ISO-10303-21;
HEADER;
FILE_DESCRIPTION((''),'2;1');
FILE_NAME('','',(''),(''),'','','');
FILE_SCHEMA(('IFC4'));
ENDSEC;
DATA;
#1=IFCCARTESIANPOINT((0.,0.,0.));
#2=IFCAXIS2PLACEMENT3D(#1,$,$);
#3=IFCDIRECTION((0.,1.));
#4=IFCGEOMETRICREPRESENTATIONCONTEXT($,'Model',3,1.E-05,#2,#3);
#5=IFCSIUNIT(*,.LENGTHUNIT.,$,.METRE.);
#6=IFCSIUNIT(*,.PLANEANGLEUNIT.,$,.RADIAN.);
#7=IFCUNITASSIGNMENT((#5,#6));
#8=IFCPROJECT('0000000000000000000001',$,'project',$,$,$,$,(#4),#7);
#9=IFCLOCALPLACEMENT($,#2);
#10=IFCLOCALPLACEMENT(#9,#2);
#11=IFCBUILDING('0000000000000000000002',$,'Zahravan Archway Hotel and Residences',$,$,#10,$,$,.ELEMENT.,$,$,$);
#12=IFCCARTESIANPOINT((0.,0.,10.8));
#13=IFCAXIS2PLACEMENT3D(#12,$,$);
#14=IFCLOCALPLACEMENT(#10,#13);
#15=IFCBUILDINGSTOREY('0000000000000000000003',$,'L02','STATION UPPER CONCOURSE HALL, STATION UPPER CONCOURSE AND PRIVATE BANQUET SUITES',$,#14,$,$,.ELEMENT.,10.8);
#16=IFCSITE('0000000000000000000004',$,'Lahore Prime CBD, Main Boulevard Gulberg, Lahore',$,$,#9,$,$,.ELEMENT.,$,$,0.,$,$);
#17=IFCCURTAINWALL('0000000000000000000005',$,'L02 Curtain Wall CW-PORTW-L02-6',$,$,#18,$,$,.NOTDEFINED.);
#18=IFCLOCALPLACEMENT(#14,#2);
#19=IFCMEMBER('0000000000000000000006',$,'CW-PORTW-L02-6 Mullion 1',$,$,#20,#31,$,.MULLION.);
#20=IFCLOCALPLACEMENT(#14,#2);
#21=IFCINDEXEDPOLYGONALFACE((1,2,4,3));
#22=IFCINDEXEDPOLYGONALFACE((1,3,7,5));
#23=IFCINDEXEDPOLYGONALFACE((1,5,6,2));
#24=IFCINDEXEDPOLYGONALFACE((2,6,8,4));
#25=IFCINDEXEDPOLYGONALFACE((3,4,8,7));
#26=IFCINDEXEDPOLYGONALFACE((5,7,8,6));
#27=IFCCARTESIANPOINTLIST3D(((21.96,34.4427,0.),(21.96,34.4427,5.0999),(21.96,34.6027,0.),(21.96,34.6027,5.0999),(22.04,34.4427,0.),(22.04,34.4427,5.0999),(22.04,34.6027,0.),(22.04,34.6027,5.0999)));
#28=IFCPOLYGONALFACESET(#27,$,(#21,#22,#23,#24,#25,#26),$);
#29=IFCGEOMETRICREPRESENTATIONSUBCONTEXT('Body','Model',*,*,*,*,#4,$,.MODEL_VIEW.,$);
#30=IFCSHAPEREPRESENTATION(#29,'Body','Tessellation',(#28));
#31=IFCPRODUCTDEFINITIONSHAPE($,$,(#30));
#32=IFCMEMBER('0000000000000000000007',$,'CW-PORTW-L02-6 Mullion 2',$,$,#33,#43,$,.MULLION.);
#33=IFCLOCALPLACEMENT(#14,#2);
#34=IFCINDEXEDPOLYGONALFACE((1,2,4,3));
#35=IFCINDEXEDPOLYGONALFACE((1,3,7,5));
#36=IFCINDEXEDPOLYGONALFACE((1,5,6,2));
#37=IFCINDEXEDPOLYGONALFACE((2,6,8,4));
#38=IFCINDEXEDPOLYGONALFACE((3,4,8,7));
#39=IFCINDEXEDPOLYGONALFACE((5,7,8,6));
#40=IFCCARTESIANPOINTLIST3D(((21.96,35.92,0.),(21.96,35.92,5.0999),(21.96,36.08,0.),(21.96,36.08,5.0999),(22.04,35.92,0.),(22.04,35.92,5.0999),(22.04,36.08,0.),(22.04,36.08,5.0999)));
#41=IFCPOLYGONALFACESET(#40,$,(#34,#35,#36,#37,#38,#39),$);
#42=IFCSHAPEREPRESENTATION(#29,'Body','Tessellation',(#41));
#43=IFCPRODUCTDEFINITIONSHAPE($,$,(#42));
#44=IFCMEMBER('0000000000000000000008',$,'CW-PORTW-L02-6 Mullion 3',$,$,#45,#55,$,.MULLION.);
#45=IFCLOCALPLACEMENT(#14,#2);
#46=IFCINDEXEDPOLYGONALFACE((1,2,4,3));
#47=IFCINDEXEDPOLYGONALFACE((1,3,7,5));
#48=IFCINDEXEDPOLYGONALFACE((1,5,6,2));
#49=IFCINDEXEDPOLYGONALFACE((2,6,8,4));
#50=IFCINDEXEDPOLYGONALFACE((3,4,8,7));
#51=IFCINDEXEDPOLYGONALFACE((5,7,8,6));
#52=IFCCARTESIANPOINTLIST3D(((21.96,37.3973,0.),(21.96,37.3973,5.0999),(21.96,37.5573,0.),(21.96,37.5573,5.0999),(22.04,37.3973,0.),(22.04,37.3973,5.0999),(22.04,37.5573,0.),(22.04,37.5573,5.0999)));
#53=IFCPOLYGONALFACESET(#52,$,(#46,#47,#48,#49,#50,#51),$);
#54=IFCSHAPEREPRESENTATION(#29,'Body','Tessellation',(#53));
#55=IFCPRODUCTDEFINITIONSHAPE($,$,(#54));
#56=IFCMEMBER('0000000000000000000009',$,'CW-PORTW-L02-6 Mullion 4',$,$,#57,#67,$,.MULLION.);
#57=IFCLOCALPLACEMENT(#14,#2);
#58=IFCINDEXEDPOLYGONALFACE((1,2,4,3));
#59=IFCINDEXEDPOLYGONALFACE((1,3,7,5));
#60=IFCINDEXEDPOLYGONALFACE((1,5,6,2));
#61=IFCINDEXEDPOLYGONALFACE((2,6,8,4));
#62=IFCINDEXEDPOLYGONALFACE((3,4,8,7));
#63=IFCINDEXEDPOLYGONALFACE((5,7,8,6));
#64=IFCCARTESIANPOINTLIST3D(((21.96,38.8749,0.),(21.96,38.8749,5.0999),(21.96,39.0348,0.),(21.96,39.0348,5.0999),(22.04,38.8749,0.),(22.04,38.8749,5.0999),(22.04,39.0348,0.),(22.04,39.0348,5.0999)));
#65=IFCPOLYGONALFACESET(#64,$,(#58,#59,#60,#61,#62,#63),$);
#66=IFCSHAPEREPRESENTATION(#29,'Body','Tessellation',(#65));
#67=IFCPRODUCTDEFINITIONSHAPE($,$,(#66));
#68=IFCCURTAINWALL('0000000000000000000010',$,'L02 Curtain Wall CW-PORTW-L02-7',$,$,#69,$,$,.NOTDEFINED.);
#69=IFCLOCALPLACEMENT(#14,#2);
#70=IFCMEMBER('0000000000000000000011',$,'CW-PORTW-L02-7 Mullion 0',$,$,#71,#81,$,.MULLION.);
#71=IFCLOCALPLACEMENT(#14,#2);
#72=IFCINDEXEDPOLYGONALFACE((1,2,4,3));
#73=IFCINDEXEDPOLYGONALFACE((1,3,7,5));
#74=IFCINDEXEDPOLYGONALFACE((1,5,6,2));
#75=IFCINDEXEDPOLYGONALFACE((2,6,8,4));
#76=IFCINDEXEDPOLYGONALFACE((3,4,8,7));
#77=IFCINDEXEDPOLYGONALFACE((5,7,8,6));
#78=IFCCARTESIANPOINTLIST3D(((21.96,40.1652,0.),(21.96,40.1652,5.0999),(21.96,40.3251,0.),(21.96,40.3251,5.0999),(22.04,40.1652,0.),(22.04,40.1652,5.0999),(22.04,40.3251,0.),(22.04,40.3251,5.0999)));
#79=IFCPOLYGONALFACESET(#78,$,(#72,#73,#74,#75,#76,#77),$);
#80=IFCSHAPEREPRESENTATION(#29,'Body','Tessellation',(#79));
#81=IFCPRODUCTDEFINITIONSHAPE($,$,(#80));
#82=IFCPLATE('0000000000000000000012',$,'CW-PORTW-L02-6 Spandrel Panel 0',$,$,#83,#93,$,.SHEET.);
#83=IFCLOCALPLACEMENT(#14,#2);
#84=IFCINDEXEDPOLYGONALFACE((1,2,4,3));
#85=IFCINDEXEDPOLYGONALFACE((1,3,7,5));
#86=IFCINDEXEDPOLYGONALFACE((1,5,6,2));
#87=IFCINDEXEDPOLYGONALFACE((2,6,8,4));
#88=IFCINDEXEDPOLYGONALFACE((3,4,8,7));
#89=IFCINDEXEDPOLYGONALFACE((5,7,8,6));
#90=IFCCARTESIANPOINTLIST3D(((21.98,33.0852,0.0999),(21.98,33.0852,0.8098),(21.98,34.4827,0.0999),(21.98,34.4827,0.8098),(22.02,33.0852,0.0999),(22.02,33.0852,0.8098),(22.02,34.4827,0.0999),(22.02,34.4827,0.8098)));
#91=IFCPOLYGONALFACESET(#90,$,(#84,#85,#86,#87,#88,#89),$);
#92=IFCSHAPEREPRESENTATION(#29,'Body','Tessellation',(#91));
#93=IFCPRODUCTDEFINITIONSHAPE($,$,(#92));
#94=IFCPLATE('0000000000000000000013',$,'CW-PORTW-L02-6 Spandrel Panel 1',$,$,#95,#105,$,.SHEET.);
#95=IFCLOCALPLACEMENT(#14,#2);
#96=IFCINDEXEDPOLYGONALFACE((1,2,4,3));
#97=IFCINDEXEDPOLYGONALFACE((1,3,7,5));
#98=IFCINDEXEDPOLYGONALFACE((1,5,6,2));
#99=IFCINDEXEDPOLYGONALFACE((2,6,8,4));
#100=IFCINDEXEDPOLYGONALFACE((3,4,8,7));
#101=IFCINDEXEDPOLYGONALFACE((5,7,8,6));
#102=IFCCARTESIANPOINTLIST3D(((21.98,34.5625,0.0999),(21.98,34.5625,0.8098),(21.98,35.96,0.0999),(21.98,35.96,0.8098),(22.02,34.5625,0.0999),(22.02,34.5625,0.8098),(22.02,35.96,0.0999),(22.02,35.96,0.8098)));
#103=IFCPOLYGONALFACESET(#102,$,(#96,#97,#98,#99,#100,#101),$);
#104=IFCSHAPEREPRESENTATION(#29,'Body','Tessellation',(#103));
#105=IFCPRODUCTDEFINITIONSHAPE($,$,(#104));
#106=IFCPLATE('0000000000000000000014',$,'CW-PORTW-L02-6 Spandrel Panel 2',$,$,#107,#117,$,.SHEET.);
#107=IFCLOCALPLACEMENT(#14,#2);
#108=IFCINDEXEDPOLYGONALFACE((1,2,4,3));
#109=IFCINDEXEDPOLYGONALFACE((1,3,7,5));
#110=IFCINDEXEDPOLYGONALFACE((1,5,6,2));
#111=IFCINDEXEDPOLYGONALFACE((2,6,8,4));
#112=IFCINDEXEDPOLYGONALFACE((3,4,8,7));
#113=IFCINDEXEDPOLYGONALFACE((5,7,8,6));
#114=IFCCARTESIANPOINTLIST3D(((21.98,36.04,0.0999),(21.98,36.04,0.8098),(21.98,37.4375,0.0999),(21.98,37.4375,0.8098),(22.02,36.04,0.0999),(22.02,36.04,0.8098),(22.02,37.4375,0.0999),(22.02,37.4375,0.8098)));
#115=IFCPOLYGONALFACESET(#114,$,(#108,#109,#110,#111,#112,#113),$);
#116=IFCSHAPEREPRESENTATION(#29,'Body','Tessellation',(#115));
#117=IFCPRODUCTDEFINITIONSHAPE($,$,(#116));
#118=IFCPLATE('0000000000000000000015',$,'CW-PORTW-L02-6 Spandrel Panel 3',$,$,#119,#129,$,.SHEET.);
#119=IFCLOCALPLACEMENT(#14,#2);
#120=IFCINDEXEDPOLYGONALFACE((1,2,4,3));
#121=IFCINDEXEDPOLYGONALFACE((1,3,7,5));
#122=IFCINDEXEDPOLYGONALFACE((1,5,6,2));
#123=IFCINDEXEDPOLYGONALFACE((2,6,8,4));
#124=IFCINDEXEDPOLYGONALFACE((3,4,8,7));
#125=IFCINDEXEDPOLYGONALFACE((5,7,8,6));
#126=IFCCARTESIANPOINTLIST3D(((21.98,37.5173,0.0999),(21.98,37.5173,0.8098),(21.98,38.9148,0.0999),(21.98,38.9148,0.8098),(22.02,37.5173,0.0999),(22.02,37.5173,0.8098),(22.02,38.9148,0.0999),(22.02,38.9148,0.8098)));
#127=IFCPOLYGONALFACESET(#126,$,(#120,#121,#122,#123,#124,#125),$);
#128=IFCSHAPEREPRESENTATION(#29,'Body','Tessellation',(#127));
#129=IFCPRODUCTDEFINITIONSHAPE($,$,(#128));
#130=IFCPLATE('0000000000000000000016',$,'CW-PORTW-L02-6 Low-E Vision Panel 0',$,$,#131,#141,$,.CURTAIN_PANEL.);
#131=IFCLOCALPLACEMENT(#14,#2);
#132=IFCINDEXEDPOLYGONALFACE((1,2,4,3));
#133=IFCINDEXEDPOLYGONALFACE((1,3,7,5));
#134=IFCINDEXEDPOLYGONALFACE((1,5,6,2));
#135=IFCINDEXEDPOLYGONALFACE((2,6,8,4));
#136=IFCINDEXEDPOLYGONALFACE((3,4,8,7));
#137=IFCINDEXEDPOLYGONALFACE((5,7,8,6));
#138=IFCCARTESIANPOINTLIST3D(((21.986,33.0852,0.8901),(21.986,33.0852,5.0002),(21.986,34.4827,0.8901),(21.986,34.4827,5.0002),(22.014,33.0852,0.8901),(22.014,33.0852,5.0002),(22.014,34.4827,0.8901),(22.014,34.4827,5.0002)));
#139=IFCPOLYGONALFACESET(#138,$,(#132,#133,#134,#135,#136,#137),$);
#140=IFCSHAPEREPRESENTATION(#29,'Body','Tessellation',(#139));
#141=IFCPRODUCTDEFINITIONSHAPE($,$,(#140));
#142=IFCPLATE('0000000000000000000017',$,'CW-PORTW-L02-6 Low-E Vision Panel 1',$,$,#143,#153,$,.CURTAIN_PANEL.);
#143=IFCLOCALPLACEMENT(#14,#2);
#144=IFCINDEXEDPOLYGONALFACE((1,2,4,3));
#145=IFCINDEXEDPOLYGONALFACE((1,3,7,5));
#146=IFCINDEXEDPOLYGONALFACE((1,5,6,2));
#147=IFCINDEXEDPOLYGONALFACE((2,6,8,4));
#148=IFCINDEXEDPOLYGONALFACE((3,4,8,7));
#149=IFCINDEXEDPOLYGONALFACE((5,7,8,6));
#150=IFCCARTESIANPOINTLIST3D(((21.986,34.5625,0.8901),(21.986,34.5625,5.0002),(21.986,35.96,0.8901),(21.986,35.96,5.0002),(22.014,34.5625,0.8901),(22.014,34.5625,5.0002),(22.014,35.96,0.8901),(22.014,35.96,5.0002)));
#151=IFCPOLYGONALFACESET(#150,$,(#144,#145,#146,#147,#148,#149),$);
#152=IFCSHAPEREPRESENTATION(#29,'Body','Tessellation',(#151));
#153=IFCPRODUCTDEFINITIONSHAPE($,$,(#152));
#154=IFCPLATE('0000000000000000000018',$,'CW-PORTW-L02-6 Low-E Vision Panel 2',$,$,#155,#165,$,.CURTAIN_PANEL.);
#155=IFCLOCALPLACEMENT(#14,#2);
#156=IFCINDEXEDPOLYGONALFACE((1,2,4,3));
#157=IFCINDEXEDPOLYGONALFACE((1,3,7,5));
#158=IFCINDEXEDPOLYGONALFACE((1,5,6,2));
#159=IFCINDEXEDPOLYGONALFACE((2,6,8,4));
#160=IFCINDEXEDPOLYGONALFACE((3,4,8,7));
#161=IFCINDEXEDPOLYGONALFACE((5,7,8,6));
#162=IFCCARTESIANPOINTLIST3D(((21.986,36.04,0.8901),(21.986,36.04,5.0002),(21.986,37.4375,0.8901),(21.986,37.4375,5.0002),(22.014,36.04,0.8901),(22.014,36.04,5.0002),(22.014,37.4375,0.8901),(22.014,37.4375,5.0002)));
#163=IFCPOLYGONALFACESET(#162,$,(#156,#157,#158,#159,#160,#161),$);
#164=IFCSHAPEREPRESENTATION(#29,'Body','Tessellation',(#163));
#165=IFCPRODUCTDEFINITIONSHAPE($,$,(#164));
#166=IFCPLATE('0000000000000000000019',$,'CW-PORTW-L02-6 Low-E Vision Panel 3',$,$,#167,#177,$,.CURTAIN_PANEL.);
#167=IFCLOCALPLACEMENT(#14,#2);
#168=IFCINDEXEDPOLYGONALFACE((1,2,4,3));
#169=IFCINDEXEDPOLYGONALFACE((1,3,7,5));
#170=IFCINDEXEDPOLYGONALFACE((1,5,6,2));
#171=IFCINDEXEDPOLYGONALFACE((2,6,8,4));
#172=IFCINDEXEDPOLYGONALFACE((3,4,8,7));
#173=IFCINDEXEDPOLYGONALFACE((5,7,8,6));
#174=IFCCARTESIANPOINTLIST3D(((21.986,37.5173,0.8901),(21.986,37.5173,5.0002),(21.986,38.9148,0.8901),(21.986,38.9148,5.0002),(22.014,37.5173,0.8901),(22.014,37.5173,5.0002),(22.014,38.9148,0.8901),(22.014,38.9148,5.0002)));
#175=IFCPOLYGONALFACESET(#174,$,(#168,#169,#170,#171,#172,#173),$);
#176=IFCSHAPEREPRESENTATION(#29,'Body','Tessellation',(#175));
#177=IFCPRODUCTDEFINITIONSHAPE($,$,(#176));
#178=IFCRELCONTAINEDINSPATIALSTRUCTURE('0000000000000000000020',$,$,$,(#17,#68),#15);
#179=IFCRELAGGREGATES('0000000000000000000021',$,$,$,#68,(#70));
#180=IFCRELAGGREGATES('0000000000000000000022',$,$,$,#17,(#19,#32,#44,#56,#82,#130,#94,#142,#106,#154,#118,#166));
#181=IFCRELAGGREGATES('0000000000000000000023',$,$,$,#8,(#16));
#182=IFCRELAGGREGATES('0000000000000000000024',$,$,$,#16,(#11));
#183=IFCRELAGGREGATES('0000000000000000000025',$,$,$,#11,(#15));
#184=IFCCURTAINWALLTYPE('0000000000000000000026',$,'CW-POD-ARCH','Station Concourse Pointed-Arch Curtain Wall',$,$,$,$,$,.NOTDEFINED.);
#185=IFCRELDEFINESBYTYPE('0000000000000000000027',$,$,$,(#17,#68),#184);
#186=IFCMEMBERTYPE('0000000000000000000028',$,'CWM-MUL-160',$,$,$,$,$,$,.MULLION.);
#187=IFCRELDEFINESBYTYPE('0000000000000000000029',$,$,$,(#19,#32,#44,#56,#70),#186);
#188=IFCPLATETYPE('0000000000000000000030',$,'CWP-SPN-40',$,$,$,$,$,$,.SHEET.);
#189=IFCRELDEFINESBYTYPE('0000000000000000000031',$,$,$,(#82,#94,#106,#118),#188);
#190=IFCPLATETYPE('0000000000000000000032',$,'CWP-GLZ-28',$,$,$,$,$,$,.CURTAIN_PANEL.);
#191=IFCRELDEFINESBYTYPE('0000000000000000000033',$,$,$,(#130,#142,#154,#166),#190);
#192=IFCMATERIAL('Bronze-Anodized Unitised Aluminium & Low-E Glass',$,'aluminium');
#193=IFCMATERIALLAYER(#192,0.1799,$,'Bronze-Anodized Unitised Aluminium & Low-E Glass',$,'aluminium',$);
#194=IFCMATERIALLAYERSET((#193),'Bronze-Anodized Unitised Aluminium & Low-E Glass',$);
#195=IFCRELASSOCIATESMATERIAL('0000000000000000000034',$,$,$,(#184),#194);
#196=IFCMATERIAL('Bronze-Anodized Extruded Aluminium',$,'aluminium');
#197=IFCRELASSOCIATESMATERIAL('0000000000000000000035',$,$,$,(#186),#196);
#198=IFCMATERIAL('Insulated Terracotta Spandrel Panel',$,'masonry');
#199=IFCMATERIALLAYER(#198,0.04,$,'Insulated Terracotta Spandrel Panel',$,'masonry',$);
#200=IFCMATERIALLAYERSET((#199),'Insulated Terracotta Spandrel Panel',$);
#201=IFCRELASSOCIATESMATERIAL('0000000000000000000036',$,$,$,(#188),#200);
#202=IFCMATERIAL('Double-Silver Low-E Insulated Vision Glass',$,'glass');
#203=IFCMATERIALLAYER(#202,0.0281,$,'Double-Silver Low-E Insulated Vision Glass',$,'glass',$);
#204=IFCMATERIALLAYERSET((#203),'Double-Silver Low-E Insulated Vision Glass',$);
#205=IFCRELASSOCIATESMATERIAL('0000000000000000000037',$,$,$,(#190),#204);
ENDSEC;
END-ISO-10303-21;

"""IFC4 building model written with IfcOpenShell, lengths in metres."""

from ifc_helpers import new_model, si_unit, direction, frame, origin, origin_2d, place, context, subcontext, project, spatial, rectangle, extrude, source, transform, mapped, material, layer, layer_set, material_profile, profile_set, type_object, element, aggregate, save


model = new_model("IFC4")

# Units and contexts
model_context = context("Model", 3, precision=1e-05, world=origin(), true_north=direction((0.0, 1.0)))
body_context = subcontext(model_context, "Body", "Model", "MODEL_VIEW")
ifc_project = project(units=[si_unit("LENGTHUNIT", "METRE"), si_unit("PLANEANGLEUNIT", "RADIAN")], contexts=[model_context])

# Site, building, storey
site_placement = place(None, origin())
site = spatial("IfcSite", under=ifc_project, at=site_placement, Name="Lahore Prime CBD, Main Boulevard Gulberg, Lahore", CompositionType="ELEMENT", RefElevation=0.0)
building_placement = place(site_placement, origin())
building = spatial("IfcBuilding", under=site, at=building_placement, Name="Zahravan Archway Hotel and Residences", CompositionType="ELEMENT")
storey_placement = place(building_placement, frame((0.0, 0.0, 10.8)))
storey = spatial("IfcBuildingStorey", under=building, at=storey_placement, Name="L02", Description="STATION UPPER CONCOURSE HALL, STATION UPPER CONCOURSE AND PRIVATE BANQUET SUITES", CompositionType="ELEMENT", Elevation=10.8)

# Curtain wall, members
ifc_material_1 = material(Name="Bronze-Anodized Unitised Aluminium & Low-E Glass", Category="aluminium")
ifc_layer_1 = layer(ifc_material_1, 0.1799, Name="Bronze-Anodized Unitised Aluminium & Low-E Glass", Category="aluminium")
ifc_layer_set_1 = layer_set([ifc_layer_1], Name="Bronze-Anodized Unitised Aluminium & Low-E Glass")
curtain_wall_type = type_object("IfcCurtainWallType", Name="CW-POD-ARCH", Description="Station Concourse Pointed-Arch Curtain Wall", PredefinedType="NOTDEFINED", material=ifc_layer_set_1)
curtain_wall_1_placement = place(storey_placement, origin())
curtain_wall_1 = element("IfcCurtainWall", 1, at=curtain_wall_1_placement, inside=storey, type_object=curtain_wall_type, Name="L02 Curtain Wall CW-PORTW-L02-6", PredefinedType="NOTDEFINED")
ifc_material_2 = material(Name="Bronze-Anodized Extruded Aluminium", Category="aluminium")
ifc_material_profile_1 = material_profile(ifc_material_2, rectangle(XDim=0.0801, YDim=0.1599, at=origin_2d()), Name="MUL 80x160", Category="aluminium")
ifc_profile_set_1 = profile_set([ifc_material_profile_1], Name="Bronze-Anodized Extruded Aluminium")
member_type_1 = type_object("IfcMemberType", Name="CWM-MUL-160", PredefinedType="MULLION", material=ifc_profile_set_1)
shared_shape_1 = source(origin(), body_context, "Body", "SweptSolid", [
    extrude(rectangle(XDim=0.0801, YDim=0.1599, at=origin_2d()), origin(), (0.0, 0.0, 1.0), 5.0999),
])
member_1_placement = place(storey_placement, frame((22.0, 34.5227, 0.0), z_axis=(0.0, 0.0, 1.0), x_axis=(1.0, 0.0, 0.0)))
member_1 = element("IfcMember", 2, at=member_1_placement, type_object=member_type_1, Name="CW-PORTW-L02-6 Mullion 1", PredefinedType="MULLION", context=body_context, shape_type="MappedRepresentation", body=[
    mapped(shared_shape_1, transform((0.0, 0.0, 0.0), scale=1.0)),
])
member_2_placement = place(storey_placement, frame((22.0, 36.0, 0.0), z_axis=(0.0, 0.0, 1.0), x_axis=(1.0, 0.0, 0.0)))
member_2 = element("IfcMember", 3, at=member_2_placement, type_object=member_type_1, Name="CW-PORTW-L02-6 Mullion 2", PredefinedType="MULLION", context=body_context, shape_type="MappedRepresentation", body=[
    mapped(shared_shape_1, transform((0.0, 0.0, 0.0), scale=1.0)),
])
member_3_placement = place(storey_placement, frame((22.0, 37.4773, 0.0), z_axis=(0.0, 0.0, 1.0), x_axis=(1.0, 0.0, 0.0)))
member_3 = element("IfcMember", 4, at=member_3_placement, type_object=member_type_1, Name="CW-PORTW-L02-6 Mullion 3", PredefinedType="MULLION", context=body_context, shape_type="MappedRepresentation", body=[
    mapped(shared_shape_1, transform((0.0, 0.0, 0.0), scale=1.0)),
])
member_4_placement = place(storey_placement, frame((22.0, 38.9548, 0.0), z_axis=(0.0, 0.0, 1.0), x_axis=(1.0, 0.0, 0.0)))
member_4 = element("IfcMember", 5, at=member_4_placement, type_object=member_type_1, Name="CW-PORTW-L02-6 Mullion 4", PredefinedType="MULLION", context=body_context, shape_type="MappedRepresentation", body=[
    mapped(shared_shape_1, transform((0.0, 0.0, 0.0), scale=1.0)),
])

# Curtain wall, member
curtain_wall_2_placement = place(storey_placement, origin())
curtain_wall_2 = element("IfcCurtainWall", 6, at=curtain_wall_2_placement, inside=storey, type_object=curtain_wall_type, Name="L02 Curtain Wall CW-PORTW-L02-7", PredefinedType="NOTDEFINED")
member_5_placement = place(storey_placement, frame((22.0, 40.2451, 0.0), z_axis=(0.0, 0.0, 1.0), x_axis=(1.0, 0.0, 0.0)))
member_5 = element("IfcMember", 7, at=member_5_placement, type_object=member_type_1, Name="CW-PORTW-L02-7 Mullion 0", PredefinedType="MULLION", context=body_context, shape_type="MappedRepresentation", body=[
    mapped(shared_shape_1, transform((0.0, 0.0, 0.0), scale=1.0)),
])
aggregate(curtain_wall_2, [member_5])

# Plates
ifc_material_3 = material(Name="Insulated Terracotta Spandrel Panel", Category="masonry")
ifc_layer_2 = layer(ifc_material_3, 0.04, Name="Insulated Terracotta Spandrel Panel", Category="masonry")
ifc_layer_set_2 = layer_set([ifc_layer_2], Name="Insulated Terracotta Spandrel Panel")
plate_type_1 = type_object("IfcPlateType", Name="CWP-SPN-40", PredefinedType="SHEET", material=ifc_layer_set_2)
shared_shape_2 = source(origin(), body_context, "Body", "SweptSolid", [
    extrude(rectangle(XDim=1.3975, YDim=0.04, at=origin_2d()), origin(), (0.0, 0.0, 1.0), 0.71),
])
plate_1_placement = place(storey_placement, frame((22.0, 33.7839, 0.0999), z_axis=(0.0, 0.0, 1.0), x_axis=(0.0, 1.0, 0.0)))
plate_1 = element("IfcPlate", 8, at=plate_1_placement, type_object=plate_type_1, Name="CW-PORTW-L02-6 Spandrel Panel 0", PredefinedType="SHEET", context=body_context, shape_type="MappedRepresentation", body=[
    mapped(shared_shape_2, transform((0.0, 0.0, 0.0), scale=1.0)),
])
plate_2_placement = place(storey_placement, frame((22.0, 35.2612, 0.0999), z_axis=(0.0, 0.0, 1.0), x_axis=(0.0, 1.0, 0.0)))
plate_2 = element("IfcPlate", 9, at=plate_2_placement, type_object=plate_type_1, Name="CW-PORTW-L02-6 Spandrel Panel 1", PredefinedType="SHEET", context=body_context, shape_type="MappedRepresentation", body=[
    mapped(shared_shape_2, transform((0.0, 0.0, 0.0), scale=1.0)),
])
plate_3_placement = place(storey_placement, frame((22.0, 36.7388, 0.0999), z_axis=(0.0, 0.0, 1.0), x_axis=(0.0, 1.0, 0.0)))
plate_3 = element("IfcPlate", 10, at=plate_3_placement, type_object=plate_type_1, Name="CW-PORTW-L02-6 Spandrel Panel 2", PredefinedType="SHEET", context=body_context, shape_type="MappedRepresentation", body=[
    mapped(shared_shape_2, transform((0.0, 0.0, 0.0), scale=1.0)),
])
plate_4_placement = place(storey_placement, frame((22.0, 38.2161, 0.0999), z_axis=(0.0, 0.0, 1.0), x_axis=(0.0, 1.0, 0.0)))
plate_4 = element("IfcPlate", 11, at=plate_4_placement, type_object=plate_type_1, Name="CW-PORTW-L02-6 Spandrel Panel 3", PredefinedType="SHEET", context=body_context, shape_type="MappedRepresentation", body=[
    mapped(shared_shape_2, transform((0.0, 0.0, 0.0), scale=1.0)),
])
ifc_material_4 = material(Name="Double-Silver Low-E Insulated Vision Glass", Category="glass")
ifc_layer_3 = layer(ifc_material_4, 0.0281, Name="Double-Silver Low-E Insulated Vision Glass", Category="glass")
ifc_layer_set_3 = layer_set([ifc_layer_3], Name="Double-Silver Low-E Insulated Vision Glass")
plate_type_2 = type_object("IfcPlateType", Name="CWP-GLZ-28", PredefinedType="CURTAIN_PANEL", material=ifc_layer_set_3)
shared_shape_3 = source(origin(), body_context, "Body", "SweptSolid", [
    extrude(rectangle(XDim=1.3975, YDim=0.0281, at=origin_2d()), origin(), (0.0, 0.0, 1.0), 4.1101),
])
plate_5_placement = place(storey_placement, frame((22.0, 33.7839, 0.8901), z_axis=(0.0, 0.0, 1.0), x_axis=(0.0, 1.0, 0.0)))
plate_5 = element("IfcPlate", 12, at=plate_5_placement, type_object=plate_type_2, Name="CW-PORTW-L02-6 Low-E Vision Panel 0", PredefinedType="CURTAIN_PANEL", context=body_context, shape_type="MappedRepresentation", body=[
    mapped(shared_shape_3, transform((0.0, 0.0, 0.0), scale=1.0)),
])
plate_6_placement = place(storey_placement, frame((22.0, 35.2612, 0.8901), z_axis=(0.0, 0.0, 1.0), x_axis=(0.0, 1.0, 0.0)))
plate_6 = element("IfcPlate", 13, at=plate_6_placement, type_object=plate_type_2, Name="CW-PORTW-L02-6 Low-E Vision Panel 1", PredefinedType="CURTAIN_PANEL", context=body_context, shape_type="MappedRepresentation", body=[
    mapped(shared_shape_3, transform((0.0, 0.0, 0.0), scale=1.0)),
])
plate_7_placement = place(storey_placement, frame((22.0, 36.7388, 0.8901), z_axis=(0.0, 0.0, 1.0), x_axis=(0.0, 1.0, 0.0)))
plate_7 = element("IfcPlate", 14, at=plate_7_placement, type_object=plate_type_2, Name="CW-PORTW-L02-6 Low-E Vision Panel 2", PredefinedType="CURTAIN_PANEL", context=body_context, shape_type="MappedRepresentation", body=[
    mapped(shared_shape_3, transform((0.0, 0.0, 0.0), scale=1.0)),
])
plate_8_placement = place(storey_placement, frame((22.0, 38.2161, 0.8901), z_axis=(0.0, 0.0, 1.0), x_axis=(0.0, 1.0, 0.0)))
plate_8 = element("IfcPlate", 15, at=plate_8_placement, type_object=plate_type_2, Name="CW-PORTW-L02-6 Low-E Vision Panel 3", PredefinedType="CURTAIN_PANEL", context=body_context, shape_type="MappedRepresentation", body=[
    mapped(shared_shape_3, transform((0.0, 0.0, 0.0), scale=1.0)),
])
aggregate(curtain_wall_1, [member_1, member_2, member_3, member_4, plate_1, plate_5, plate_2, plate_6, plate_3, plate_7, plate_4, plate_8])

save(model, "model.ifc")
